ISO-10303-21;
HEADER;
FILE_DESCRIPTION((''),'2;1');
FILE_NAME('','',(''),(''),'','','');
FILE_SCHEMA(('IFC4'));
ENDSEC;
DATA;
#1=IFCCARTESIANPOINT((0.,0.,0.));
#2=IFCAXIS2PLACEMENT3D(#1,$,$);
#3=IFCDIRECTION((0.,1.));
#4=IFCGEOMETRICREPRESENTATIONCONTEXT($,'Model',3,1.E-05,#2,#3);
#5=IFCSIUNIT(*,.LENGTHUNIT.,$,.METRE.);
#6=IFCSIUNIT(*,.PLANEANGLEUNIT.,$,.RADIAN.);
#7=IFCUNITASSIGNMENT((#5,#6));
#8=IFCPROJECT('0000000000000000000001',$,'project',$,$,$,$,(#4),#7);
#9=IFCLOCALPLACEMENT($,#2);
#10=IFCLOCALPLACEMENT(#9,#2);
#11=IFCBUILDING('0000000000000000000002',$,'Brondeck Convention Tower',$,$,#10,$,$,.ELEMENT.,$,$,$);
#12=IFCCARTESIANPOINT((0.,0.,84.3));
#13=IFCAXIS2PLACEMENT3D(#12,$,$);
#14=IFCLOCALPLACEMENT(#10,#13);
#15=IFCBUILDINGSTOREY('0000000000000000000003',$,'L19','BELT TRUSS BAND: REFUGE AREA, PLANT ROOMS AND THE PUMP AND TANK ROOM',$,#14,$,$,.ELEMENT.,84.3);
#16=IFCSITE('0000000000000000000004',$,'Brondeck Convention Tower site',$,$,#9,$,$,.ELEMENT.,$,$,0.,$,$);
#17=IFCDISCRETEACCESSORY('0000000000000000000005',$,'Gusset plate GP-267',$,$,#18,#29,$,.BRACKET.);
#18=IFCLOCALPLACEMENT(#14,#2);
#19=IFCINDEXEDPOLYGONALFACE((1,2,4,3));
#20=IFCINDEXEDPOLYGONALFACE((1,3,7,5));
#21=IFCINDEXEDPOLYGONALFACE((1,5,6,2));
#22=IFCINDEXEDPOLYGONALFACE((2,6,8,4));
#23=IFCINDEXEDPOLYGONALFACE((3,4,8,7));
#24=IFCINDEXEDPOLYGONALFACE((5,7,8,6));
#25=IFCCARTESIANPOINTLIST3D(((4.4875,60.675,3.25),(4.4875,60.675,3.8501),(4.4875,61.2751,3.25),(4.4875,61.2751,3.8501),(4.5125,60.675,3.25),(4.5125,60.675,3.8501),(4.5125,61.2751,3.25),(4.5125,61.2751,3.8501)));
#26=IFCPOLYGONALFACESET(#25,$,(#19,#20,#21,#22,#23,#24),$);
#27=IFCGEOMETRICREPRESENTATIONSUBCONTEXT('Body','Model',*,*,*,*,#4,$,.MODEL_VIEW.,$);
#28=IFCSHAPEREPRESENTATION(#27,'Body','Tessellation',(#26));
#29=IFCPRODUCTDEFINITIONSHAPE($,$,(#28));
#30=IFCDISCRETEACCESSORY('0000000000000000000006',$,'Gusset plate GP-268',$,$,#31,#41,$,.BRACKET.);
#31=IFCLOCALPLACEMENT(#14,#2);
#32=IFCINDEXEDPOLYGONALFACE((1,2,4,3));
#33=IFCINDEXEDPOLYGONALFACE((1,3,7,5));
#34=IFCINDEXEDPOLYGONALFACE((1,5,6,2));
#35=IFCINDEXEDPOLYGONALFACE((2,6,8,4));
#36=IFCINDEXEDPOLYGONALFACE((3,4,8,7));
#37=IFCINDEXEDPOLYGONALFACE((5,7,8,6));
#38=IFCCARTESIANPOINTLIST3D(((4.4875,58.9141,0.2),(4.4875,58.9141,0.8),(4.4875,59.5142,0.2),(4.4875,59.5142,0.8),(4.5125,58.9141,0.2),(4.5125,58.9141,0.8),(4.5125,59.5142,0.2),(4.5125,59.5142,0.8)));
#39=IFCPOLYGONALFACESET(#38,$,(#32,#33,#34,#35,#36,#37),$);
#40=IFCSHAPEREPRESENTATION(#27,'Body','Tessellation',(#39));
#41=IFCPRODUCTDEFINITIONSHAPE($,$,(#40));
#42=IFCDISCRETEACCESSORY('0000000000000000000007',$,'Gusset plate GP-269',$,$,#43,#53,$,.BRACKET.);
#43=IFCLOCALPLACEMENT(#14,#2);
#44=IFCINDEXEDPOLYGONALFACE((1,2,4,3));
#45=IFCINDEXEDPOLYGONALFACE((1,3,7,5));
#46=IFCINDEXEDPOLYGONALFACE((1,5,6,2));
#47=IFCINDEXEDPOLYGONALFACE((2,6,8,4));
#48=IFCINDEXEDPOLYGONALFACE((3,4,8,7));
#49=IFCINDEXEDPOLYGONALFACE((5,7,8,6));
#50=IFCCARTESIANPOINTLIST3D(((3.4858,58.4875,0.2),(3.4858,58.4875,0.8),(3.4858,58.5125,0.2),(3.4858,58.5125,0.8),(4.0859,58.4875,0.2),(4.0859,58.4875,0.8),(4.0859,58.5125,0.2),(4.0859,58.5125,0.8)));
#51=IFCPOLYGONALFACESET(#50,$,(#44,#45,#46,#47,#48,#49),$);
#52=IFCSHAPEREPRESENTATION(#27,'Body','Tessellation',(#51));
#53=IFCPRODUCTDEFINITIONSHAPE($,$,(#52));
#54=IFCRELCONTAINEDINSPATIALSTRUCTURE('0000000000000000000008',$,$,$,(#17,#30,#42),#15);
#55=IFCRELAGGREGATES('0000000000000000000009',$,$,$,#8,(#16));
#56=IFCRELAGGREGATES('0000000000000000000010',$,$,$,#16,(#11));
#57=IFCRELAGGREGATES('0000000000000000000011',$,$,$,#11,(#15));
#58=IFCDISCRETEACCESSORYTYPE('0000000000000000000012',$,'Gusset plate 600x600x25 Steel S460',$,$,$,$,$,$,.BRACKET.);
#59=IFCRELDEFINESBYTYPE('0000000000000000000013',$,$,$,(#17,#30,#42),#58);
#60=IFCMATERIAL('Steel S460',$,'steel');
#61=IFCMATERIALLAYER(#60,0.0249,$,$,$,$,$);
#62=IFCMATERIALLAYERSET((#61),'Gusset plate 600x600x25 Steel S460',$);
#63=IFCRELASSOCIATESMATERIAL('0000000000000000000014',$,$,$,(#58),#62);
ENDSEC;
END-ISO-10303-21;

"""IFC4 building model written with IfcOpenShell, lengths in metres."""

from ifc_helpers import new_model, si_unit, direction, frame, origin, origin_2d, place, context, subcontext, project, spatial, rectangle, extrude, material, layer, layer_set, type_object, element, save


model = new_model("IFC4")

# Units and contexts
model_context = context("Model", 3, precision=1e-05, world=origin(), true_north=direction((0.0, 1.0)))
body_context = subcontext(model_context, "Body", "Model", "MODEL_VIEW")
ifc_project = project(units=[si_unit("LENGTHUNIT", "METRE"), si_unit("PLANEANGLEUNIT", "RADIAN")], contexts=[model_context])

# Site, building, storey
site_placement = place(None, origin())
site = spatial("IfcSite", under=ifc_project, at=site_placement, Name="Brondeck Convention Tower site", CompositionType="ELEMENT", RefElevation=0.0)
building_placement = place(site_placement, origin())
building = spatial("IfcBuilding", under=site, at=building_placement, Name="Brondeck Convention Tower", CompositionType="ELEMENT")
storey_placement = place(building_placement, frame((0.0, 0.0, 84.3)))
storey = spatial("IfcBuildingStorey", under=building, at=storey_placement, Name="L19", Description="BELT TRUSS BAND: REFUGE AREA, PLANT ROOMS AND THE PUMP AND TANK ROOM", CompositionType="ELEMENT", Elevation=84.3)

# Shared definitions
ifc_material_1 = material(Name="Steel S460", Category="steel")

# Discrete accessories
ifc_layer_1 = layer(ifc_material_1, 0.0249)
ifc_layer_set_1 = layer_set([ifc_layer_1], Name="Gusset plate 600x600x25 Steel S460")
discrete_accessory_type = type_object("IfcDiscreteAccessoryType", Name="Gusset plate 600x600x25 Steel S460", PredefinedType="BRACKET", material=ifc_layer_set_1)
for number, where, z_axis, x_axis, name in (
    (1, (4.5, 60.9751, 3.25), (0.0, 0.0, 1.0), (0.0, 1.0, 0.0), "Gusset plate GP-267"),
    (2, (4.5, 59.2141, 0.2), (0.0, 0.0, 1.0), (0.0, 1.0, 0.0), "Gusset plate GP-268"),
    (3, (3.7859, 58.5, 0.2), (0.0, 0.0, 1.0), (1.0, 0.0, 0.0), "Gusset plate GP-269"),
):
    element("IfcDiscreteAccessory", number, at=place(storey_placement, frame(where, z_axis=z_axis, x_axis=x_axis)), inside=storey, type_object=discrete_accessory_type, Name=name, PredefinedType="BRACKET", context=body_context, shape_type="SweptSolid", body=[
        extrude(rectangle(XDim=0.6001, YDim=0.0249, at=origin_2d()), origin(), (0.0, 0.0, 1.0), 0.6001),
    ])

save(model, "model.ifc")
